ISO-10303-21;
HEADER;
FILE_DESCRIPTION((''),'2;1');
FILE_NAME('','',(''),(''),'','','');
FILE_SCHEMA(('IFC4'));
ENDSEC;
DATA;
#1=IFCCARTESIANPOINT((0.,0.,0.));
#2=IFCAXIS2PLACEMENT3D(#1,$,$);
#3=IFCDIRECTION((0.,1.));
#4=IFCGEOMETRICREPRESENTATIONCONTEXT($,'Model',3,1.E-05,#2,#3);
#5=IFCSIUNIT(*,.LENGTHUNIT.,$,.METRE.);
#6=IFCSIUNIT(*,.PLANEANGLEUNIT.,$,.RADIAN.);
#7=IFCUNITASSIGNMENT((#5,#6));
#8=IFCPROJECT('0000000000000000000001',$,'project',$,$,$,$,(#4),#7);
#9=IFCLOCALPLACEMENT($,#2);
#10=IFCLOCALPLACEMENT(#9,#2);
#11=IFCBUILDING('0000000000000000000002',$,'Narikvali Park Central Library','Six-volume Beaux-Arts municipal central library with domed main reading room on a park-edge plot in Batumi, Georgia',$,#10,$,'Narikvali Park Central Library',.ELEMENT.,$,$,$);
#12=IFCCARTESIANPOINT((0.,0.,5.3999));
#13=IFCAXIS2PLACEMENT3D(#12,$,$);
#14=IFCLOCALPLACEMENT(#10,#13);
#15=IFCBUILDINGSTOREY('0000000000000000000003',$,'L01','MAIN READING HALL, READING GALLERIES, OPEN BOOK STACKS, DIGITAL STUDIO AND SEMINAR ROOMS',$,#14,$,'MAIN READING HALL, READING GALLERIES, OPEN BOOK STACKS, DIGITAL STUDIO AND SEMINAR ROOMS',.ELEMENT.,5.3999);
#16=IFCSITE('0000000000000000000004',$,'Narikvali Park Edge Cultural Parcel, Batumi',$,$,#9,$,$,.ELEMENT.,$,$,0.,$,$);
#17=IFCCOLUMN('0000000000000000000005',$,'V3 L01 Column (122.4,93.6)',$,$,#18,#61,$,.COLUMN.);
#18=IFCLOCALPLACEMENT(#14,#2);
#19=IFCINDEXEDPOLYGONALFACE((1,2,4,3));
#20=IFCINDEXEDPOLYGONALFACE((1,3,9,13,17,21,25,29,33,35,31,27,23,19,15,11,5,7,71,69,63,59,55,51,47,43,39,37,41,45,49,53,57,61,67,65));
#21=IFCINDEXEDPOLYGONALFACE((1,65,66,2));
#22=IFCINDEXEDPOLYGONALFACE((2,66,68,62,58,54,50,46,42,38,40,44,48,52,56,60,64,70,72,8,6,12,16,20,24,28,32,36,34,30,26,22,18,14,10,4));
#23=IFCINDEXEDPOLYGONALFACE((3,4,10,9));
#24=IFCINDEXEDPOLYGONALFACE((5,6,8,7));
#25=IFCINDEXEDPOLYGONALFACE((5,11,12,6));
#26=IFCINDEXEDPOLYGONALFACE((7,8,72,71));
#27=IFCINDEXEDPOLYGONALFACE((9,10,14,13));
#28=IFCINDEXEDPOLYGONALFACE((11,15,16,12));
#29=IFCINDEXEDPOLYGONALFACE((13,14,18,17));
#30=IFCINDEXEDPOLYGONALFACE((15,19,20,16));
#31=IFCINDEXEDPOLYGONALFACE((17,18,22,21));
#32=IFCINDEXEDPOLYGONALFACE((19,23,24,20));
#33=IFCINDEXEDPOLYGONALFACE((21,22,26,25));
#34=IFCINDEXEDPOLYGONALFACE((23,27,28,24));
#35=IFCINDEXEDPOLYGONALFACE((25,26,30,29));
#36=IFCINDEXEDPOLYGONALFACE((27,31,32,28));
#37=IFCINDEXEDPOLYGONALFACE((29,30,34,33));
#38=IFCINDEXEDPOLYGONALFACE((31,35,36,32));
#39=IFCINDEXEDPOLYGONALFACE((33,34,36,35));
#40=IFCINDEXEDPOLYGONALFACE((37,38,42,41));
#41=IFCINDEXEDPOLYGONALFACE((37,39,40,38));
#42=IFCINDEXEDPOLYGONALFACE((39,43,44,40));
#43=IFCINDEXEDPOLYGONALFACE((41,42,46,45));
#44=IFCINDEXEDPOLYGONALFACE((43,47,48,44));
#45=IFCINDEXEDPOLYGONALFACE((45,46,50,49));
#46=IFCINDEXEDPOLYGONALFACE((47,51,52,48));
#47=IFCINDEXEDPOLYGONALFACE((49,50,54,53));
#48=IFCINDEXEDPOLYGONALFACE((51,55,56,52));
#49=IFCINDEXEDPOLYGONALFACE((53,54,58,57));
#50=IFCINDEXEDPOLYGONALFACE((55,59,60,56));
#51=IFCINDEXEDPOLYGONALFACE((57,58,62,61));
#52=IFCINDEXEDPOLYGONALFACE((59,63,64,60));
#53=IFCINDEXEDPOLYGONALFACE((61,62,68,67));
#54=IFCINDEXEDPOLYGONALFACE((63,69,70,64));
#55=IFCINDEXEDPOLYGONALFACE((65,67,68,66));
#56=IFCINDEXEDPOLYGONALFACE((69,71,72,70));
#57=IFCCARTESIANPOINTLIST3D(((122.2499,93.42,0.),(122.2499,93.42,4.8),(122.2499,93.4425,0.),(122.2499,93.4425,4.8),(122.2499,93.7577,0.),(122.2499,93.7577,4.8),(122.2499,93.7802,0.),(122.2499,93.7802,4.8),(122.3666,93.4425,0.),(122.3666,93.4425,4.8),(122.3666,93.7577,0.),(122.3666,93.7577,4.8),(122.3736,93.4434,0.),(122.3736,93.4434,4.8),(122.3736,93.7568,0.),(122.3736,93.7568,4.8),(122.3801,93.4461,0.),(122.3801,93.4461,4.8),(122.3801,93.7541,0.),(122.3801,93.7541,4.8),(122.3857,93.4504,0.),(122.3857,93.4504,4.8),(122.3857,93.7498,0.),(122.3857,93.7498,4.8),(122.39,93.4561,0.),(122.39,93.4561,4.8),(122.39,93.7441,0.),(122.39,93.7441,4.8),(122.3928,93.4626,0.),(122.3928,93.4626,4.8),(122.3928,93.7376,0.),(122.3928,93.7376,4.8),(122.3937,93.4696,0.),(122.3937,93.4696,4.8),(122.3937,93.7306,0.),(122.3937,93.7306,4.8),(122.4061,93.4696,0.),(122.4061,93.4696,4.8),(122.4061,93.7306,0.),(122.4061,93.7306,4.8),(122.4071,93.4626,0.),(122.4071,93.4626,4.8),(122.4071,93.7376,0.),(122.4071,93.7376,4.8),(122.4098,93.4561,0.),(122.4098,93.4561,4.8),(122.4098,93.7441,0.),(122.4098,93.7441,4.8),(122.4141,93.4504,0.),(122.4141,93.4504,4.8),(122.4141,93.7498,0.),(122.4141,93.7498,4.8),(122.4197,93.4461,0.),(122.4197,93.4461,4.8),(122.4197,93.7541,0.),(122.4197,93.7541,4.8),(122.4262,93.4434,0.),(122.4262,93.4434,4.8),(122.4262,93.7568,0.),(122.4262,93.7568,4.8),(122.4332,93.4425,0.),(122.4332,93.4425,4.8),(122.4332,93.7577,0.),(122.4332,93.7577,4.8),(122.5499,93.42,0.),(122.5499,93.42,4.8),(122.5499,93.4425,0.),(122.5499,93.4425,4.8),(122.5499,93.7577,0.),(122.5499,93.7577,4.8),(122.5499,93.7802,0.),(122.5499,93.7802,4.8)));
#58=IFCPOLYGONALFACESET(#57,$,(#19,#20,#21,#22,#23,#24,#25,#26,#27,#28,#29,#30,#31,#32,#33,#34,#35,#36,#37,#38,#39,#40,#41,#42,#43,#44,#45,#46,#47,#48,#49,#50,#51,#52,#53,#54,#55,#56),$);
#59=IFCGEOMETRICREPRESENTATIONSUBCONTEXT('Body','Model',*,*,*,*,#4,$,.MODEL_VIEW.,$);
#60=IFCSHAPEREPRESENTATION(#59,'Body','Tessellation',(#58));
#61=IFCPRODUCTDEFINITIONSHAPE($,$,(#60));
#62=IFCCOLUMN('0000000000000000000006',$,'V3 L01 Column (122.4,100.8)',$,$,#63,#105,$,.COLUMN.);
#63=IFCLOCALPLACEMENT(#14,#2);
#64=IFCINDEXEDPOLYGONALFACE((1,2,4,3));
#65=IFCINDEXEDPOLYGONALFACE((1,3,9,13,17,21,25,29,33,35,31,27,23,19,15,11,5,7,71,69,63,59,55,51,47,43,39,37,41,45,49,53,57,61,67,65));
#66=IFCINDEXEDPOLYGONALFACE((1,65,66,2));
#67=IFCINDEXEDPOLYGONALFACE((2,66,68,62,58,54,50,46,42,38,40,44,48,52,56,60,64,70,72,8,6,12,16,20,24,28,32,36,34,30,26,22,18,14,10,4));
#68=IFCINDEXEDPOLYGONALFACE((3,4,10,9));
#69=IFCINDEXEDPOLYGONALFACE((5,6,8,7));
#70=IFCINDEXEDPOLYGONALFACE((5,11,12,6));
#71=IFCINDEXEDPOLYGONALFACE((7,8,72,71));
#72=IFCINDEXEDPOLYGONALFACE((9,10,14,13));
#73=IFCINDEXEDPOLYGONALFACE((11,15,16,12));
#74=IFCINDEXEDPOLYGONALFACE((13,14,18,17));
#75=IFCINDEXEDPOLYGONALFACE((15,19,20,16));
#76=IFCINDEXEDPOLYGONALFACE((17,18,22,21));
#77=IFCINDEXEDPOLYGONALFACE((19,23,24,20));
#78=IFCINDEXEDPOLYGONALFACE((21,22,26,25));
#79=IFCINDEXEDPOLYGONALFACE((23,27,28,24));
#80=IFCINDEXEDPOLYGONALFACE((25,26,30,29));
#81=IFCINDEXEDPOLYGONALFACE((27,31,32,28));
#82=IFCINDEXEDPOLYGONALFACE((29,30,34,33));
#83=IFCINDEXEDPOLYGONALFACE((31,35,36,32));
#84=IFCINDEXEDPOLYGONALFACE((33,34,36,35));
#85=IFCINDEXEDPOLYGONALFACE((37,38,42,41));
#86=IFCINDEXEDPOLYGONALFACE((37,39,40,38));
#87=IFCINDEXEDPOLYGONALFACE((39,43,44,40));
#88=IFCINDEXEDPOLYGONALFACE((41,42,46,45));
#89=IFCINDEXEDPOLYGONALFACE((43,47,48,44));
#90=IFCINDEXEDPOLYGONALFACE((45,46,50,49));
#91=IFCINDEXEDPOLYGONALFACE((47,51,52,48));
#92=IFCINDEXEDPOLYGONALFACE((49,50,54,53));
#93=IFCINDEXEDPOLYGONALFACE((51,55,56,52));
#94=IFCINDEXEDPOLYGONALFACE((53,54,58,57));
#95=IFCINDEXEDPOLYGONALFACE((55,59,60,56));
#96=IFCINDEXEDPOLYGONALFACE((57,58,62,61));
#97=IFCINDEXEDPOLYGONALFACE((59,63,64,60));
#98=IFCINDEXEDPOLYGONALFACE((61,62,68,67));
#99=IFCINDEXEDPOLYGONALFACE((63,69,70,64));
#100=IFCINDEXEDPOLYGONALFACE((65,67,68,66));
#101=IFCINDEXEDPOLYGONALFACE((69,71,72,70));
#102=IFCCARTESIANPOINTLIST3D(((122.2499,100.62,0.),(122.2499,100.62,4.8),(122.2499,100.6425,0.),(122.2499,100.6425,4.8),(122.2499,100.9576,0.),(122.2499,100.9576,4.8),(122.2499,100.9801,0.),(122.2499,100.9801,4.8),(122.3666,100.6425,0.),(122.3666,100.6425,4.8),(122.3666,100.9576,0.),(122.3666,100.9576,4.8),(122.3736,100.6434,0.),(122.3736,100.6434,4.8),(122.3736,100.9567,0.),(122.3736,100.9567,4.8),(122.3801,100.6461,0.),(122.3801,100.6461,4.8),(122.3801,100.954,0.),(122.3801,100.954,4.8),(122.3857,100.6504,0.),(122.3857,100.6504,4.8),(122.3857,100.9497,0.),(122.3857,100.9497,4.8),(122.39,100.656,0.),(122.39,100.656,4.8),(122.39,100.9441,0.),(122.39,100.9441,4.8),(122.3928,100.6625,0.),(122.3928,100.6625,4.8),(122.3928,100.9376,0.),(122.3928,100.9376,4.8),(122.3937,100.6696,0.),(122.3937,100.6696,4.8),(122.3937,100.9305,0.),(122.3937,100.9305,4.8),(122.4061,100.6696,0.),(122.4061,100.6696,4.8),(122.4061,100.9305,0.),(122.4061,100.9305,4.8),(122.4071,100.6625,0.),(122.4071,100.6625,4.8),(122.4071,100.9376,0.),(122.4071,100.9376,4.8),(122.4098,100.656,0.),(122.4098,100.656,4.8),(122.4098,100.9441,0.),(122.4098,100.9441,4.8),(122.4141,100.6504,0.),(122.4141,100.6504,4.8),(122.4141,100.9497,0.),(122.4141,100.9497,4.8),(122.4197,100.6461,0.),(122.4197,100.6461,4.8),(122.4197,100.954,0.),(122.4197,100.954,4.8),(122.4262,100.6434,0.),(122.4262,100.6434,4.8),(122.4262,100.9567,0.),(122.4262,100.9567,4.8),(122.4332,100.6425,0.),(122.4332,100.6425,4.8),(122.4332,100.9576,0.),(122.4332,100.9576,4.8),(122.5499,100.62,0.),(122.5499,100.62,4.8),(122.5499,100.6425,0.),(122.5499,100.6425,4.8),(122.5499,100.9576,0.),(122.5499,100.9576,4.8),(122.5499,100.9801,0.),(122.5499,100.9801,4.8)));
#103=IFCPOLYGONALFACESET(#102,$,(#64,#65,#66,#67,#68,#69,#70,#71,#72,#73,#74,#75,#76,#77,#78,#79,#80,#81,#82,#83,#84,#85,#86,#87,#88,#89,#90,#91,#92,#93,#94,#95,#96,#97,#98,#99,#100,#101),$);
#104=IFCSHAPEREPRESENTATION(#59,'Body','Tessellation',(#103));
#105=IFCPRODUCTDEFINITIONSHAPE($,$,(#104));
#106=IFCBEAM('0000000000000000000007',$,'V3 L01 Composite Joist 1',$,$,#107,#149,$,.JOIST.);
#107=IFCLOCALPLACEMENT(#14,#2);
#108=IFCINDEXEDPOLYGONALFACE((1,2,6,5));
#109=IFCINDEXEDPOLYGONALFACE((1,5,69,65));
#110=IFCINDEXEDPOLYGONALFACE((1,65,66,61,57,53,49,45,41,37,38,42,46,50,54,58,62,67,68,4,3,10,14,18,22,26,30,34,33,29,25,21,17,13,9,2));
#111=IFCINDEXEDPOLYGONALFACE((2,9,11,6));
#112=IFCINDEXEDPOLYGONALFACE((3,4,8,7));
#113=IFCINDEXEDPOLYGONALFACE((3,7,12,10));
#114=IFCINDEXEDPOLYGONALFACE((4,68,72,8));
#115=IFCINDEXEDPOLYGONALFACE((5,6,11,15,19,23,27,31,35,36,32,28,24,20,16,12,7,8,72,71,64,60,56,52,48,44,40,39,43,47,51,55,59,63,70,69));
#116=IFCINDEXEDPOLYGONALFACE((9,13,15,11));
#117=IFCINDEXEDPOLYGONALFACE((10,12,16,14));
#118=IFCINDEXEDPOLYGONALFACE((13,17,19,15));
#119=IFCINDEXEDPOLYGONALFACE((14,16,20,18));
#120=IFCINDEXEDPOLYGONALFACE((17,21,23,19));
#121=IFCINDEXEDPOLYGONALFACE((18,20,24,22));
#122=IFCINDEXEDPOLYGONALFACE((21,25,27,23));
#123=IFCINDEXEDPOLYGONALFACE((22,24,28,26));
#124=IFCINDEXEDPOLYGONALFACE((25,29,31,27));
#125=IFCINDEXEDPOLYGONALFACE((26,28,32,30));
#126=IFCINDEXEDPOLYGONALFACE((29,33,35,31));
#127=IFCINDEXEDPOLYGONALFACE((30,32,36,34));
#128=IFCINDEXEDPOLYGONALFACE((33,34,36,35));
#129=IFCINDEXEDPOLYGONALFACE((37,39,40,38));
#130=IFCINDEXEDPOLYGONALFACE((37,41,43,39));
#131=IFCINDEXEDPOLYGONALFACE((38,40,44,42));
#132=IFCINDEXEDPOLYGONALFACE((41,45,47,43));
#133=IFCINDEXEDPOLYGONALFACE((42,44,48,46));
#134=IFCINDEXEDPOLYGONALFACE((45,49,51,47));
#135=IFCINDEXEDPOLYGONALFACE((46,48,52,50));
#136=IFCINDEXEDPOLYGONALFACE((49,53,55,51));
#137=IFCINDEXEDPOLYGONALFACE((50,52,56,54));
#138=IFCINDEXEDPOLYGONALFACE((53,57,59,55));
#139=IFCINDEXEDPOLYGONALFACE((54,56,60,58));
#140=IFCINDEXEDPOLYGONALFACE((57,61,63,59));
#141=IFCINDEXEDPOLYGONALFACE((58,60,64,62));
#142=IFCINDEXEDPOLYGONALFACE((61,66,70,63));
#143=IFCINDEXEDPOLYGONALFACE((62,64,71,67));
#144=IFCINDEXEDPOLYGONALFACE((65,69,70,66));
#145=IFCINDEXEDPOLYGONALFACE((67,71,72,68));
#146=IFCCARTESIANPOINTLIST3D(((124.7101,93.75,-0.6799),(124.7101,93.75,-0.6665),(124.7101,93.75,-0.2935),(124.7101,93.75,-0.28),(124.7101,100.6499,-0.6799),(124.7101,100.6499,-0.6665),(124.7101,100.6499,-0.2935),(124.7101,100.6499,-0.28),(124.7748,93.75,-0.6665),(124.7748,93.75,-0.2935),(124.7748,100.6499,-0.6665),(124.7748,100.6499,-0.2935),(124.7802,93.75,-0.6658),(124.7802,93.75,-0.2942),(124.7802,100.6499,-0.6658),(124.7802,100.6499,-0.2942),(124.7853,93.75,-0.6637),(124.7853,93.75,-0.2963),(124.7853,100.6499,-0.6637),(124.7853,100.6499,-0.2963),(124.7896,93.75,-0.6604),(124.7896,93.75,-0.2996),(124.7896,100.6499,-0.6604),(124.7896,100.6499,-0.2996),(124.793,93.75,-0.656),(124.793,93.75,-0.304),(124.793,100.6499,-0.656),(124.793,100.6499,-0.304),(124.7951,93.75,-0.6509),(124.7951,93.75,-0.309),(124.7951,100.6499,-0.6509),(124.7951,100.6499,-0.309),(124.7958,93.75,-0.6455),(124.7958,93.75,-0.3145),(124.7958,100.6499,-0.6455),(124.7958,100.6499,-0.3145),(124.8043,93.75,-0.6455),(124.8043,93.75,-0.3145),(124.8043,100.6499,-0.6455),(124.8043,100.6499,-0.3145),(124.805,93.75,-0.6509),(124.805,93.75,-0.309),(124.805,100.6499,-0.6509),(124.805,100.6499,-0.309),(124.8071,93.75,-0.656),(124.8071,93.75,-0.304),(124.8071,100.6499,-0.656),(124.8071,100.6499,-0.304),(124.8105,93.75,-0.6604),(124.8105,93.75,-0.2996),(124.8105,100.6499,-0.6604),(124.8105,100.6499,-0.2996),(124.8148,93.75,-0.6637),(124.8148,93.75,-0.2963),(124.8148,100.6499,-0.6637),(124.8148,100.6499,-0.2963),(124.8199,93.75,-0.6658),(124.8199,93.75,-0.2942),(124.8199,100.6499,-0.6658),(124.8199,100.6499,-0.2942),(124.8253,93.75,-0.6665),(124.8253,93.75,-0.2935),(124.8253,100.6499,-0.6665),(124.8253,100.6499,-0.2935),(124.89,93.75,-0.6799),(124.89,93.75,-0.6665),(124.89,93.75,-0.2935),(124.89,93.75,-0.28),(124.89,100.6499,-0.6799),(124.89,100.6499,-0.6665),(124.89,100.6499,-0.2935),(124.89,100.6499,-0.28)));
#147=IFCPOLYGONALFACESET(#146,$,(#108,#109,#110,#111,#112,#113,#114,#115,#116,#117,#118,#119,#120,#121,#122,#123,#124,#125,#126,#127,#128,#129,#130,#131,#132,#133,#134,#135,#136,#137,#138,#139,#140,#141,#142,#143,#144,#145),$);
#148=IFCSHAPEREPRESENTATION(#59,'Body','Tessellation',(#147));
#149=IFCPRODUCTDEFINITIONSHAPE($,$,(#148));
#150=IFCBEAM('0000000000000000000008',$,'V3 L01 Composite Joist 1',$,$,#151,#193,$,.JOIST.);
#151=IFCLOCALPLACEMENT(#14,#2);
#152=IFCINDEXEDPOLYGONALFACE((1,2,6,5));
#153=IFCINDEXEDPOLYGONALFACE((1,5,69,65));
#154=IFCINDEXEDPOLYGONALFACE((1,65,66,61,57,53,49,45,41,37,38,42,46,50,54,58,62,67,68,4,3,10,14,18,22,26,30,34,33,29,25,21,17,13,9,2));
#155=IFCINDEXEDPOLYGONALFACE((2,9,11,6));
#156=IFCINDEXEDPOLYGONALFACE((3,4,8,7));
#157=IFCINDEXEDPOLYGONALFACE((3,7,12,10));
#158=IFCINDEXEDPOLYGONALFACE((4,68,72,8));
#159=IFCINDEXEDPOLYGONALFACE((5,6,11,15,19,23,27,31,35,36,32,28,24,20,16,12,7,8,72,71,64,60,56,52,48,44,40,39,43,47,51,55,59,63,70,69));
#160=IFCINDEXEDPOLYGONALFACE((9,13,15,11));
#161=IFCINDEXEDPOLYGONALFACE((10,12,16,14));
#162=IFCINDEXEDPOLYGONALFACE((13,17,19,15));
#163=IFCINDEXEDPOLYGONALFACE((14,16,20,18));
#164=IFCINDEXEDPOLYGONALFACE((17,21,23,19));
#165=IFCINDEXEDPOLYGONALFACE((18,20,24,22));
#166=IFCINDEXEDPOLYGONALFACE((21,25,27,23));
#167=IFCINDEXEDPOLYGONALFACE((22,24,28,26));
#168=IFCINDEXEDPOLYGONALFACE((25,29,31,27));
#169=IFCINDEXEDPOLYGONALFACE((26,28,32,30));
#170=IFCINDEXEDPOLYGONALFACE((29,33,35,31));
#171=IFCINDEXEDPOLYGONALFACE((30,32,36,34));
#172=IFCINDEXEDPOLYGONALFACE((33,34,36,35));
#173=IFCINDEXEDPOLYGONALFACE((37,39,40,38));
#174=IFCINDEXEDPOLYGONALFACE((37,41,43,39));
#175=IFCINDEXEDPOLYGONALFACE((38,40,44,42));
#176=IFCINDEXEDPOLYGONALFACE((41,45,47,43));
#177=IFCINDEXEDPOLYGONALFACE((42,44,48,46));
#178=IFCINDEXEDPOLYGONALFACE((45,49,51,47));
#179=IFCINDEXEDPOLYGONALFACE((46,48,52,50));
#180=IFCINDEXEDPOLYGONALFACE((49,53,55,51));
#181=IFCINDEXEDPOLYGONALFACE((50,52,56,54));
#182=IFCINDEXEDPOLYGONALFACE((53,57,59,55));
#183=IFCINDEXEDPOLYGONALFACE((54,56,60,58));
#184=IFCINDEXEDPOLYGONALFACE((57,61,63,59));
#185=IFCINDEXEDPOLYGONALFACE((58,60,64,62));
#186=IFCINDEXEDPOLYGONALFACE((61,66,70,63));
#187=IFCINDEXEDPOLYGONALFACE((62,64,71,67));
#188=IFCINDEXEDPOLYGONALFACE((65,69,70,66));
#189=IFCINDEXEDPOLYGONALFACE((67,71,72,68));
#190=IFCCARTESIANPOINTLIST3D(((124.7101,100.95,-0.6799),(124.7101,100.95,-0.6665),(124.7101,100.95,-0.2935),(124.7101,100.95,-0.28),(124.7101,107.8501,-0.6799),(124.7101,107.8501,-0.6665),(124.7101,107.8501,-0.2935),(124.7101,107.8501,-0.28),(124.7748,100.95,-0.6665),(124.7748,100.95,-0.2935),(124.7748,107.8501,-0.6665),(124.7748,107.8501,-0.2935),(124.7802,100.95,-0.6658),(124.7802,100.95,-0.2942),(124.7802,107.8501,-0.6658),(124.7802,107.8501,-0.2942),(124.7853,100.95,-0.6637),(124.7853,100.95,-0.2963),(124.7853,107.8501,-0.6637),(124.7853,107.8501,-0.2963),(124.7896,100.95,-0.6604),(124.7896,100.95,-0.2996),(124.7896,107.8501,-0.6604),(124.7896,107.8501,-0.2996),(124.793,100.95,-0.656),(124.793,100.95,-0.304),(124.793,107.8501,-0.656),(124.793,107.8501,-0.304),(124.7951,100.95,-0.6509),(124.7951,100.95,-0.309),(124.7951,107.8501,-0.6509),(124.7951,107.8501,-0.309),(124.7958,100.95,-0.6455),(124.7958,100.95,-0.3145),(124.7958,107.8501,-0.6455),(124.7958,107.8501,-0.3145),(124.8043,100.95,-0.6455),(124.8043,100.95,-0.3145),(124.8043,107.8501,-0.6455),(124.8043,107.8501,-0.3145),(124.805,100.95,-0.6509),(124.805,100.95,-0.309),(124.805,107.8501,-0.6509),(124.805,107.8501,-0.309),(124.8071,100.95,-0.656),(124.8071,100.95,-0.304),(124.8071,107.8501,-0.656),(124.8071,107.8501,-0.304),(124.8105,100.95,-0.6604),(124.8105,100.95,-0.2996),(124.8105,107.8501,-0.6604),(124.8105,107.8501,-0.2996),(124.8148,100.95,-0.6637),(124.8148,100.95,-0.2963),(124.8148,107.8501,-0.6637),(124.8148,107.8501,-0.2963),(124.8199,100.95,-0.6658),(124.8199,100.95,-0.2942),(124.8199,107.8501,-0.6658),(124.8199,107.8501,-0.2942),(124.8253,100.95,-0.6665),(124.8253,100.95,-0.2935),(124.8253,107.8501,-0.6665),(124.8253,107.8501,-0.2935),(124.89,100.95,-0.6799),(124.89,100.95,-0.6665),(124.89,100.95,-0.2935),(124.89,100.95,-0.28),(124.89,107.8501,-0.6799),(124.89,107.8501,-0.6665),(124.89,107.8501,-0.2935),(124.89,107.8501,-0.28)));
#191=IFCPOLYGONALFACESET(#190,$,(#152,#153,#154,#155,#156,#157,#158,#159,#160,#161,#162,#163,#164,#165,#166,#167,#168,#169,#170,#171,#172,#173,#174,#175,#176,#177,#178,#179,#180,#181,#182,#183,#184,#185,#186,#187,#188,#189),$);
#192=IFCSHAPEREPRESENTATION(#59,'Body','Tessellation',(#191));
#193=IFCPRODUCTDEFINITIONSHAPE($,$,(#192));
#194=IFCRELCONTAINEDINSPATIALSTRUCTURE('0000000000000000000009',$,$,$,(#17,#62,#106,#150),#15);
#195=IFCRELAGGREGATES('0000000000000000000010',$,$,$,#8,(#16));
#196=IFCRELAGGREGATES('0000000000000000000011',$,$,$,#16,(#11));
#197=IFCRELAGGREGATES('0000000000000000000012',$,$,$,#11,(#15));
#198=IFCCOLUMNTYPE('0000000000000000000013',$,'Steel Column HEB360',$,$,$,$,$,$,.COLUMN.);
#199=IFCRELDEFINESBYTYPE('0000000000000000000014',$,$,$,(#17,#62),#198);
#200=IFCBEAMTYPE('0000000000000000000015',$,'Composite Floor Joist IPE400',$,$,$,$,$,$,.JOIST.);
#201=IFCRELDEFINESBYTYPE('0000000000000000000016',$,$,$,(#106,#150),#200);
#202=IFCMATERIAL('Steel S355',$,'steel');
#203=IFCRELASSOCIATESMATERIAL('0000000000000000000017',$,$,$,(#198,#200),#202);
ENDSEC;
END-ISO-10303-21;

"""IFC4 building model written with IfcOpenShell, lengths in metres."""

from ifc_helpers import new_model, si_unit, direction, frame, origin, origin_2d, place, context, subcontext, project, spatial, i_section, extrude, material, material_profile, profile_set, type_object, element, save


model = new_model("IFC4")

# Units and contexts
model_context = context("Model", 3, precision=1e-05, world=origin(), true_north=direction((0.0, 1.0)))
body_context = subcontext(model_context, "Body", "Model", "MODEL_VIEW")
ifc_project = project(units=[si_unit("LENGTHUNIT", "METRE"), si_unit("PLANEANGLEUNIT", "RADIAN")], contexts=[model_context])

# Site, building, storey
site_placement = place(None, origin())
site = spatial("IfcSite", under=ifc_project, at=site_placement, Name="Narikvali Park Edge Cultural Parcel, Batumi", CompositionType="ELEMENT", RefElevation=0.0)
building_placement = place(site_placement, origin())
building = spatial("IfcBuilding", under=site, at=building_placement, Name="Narikvali Park Central Library", Description="Six-volume Beaux-Arts municipal central library with domed main reading room on a park-edge plot in Batumi, Georgia", LongName="Narikvali Park Central Library", CompositionType="ELEMENT")
storey_placement = place(building_placement, frame((0.0, 0.0, 5.3999)))
storey = spatial("IfcBuildingStorey", under=building, at=storey_placement, Name="L01", Description="MAIN READING HALL, READING GALLERIES, OPEN BOOK STACKS, DIGITAL STUDIO AND SEMINAR ROOMS", LongName="MAIN READING HALL, READING GALLERIES, OPEN BOOK STACKS, DIGITAL STUDIO AND SEMINAR ROOMS", CompositionType="ELEMENT", Elevation=5.3999)

# Columns
ifc_material_1 = material(Name="Steel S355", Category="steel")
ifc_material_profile_1 = material_profile(ifc_material_1, i_section(OverallWidth=0.3, OverallDepth=0.3601, WebThickness=0.0125, FlangeThickness=0.0225, FilletRadius=0.0271, at=origin_2d()), Name="HEB 360")
ifc_profile_set_1 = profile_set([ifc_material_profile_1], Name="Steel S355")
column_type = type_object("IfcColumnType", Name="Steel Column HEB360", PredefinedType="COLUMN", material=ifc_profile_set_1)
for number, where, z_axis, x_axis, name in (
    (1, (122.3999, 93.6001, 0.0), (0.0, 0.0, 1.0), (1.0, 0.0, 0.0), "V3 L01 Column (122.4,93.6)"),
    (2, (122.3999, 100.8, 0.0), (0.0, 0.0, 1.0), (1.0, 0.0, 0.0), "V3 L01 Column (122.4,100.8)"),
):
    element("IfcColumn", number, at=place(storey_placement, frame(where, z_axis=z_axis, x_axis=x_axis)), inside=storey, type_object=column_type, Name=name, PredefinedType="COLUMN", context=body_context, shape_type="SweptSolid", body=[
        extrude(i_section(OverallWidth=0.3, OverallDepth=0.3601, WebThickness=0.0125, FlangeThickness=0.0225, FilletRadius=0.0271, at=origin_2d()), origin(), (0.0, 0.0, 1.0), 4.8),
    ])

# Beams
ifc_material_profile_2 = material_profile(ifc_material_1, i_section(OverallWidth=0.1799, OverallDepth=0.3999, WebThickness=0.0085, FlangeThickness=0.0134, FilletRadius=0.021, at=origin_2d()), Name="IPE 400")
ifc_profile_set_2 = profile_set([ifc_material_profile_2], Name="Steel S355")
beam_type_1 = type_object("IfcBeamType", Name="Composite Floor Joist IPE400", PredefinedType="JOIST", material=ifc_profile_set_2)
beam_1_placement = place(storey_placement, frame((124.8, 93.75, -0.48), z_axis=(0.0, 1.0, 0.0), x_axis=(-1.0, 0.0, 0.0)))
element("IfcBeam", 3, at=beam_1_placement, inside=storey, type_object=beam_type_1, Name="V3 L01 Composite Joist 1", PredefinedType="JOIST", context=body_context, shape_type="SweptSolid", body=[
    extrude(i_section(OverallWidth=0.1799, OverallDepth=0.3999, WebThickness=0.0085, FlangeThickness=0.0134, FilletRadius=0.021, at=origin_2d()), origin(), (0.0, 0.0, 1.0), 6.8999),
])
beam_2_placement = place(storey_placement, frame((124.8, 100.95, -0.48), z_axis=(0.0, 1.0, 0.0), x_axis=(-1.0, 0.0, 0.0)))
element("IfcBeam", 4, at=beam_2_placement, inside=storey, type_object=beam_type_1, Name="V3 L01 Composite Joist 1", PredefinedType="JOIST", context=body_context, shape_type="SweptSolid", body=[
    extrude(i_section(OverallWidth=0.1799, OverallDepth=0.3999, WebThickness=0.0085, FlangeThickness=0.0134, FilletRadius=0.021, at=origin_2d()), origin(), (0.0, 0.0, 1.0), 6.9001),
])

save(model, "model.ifc")
